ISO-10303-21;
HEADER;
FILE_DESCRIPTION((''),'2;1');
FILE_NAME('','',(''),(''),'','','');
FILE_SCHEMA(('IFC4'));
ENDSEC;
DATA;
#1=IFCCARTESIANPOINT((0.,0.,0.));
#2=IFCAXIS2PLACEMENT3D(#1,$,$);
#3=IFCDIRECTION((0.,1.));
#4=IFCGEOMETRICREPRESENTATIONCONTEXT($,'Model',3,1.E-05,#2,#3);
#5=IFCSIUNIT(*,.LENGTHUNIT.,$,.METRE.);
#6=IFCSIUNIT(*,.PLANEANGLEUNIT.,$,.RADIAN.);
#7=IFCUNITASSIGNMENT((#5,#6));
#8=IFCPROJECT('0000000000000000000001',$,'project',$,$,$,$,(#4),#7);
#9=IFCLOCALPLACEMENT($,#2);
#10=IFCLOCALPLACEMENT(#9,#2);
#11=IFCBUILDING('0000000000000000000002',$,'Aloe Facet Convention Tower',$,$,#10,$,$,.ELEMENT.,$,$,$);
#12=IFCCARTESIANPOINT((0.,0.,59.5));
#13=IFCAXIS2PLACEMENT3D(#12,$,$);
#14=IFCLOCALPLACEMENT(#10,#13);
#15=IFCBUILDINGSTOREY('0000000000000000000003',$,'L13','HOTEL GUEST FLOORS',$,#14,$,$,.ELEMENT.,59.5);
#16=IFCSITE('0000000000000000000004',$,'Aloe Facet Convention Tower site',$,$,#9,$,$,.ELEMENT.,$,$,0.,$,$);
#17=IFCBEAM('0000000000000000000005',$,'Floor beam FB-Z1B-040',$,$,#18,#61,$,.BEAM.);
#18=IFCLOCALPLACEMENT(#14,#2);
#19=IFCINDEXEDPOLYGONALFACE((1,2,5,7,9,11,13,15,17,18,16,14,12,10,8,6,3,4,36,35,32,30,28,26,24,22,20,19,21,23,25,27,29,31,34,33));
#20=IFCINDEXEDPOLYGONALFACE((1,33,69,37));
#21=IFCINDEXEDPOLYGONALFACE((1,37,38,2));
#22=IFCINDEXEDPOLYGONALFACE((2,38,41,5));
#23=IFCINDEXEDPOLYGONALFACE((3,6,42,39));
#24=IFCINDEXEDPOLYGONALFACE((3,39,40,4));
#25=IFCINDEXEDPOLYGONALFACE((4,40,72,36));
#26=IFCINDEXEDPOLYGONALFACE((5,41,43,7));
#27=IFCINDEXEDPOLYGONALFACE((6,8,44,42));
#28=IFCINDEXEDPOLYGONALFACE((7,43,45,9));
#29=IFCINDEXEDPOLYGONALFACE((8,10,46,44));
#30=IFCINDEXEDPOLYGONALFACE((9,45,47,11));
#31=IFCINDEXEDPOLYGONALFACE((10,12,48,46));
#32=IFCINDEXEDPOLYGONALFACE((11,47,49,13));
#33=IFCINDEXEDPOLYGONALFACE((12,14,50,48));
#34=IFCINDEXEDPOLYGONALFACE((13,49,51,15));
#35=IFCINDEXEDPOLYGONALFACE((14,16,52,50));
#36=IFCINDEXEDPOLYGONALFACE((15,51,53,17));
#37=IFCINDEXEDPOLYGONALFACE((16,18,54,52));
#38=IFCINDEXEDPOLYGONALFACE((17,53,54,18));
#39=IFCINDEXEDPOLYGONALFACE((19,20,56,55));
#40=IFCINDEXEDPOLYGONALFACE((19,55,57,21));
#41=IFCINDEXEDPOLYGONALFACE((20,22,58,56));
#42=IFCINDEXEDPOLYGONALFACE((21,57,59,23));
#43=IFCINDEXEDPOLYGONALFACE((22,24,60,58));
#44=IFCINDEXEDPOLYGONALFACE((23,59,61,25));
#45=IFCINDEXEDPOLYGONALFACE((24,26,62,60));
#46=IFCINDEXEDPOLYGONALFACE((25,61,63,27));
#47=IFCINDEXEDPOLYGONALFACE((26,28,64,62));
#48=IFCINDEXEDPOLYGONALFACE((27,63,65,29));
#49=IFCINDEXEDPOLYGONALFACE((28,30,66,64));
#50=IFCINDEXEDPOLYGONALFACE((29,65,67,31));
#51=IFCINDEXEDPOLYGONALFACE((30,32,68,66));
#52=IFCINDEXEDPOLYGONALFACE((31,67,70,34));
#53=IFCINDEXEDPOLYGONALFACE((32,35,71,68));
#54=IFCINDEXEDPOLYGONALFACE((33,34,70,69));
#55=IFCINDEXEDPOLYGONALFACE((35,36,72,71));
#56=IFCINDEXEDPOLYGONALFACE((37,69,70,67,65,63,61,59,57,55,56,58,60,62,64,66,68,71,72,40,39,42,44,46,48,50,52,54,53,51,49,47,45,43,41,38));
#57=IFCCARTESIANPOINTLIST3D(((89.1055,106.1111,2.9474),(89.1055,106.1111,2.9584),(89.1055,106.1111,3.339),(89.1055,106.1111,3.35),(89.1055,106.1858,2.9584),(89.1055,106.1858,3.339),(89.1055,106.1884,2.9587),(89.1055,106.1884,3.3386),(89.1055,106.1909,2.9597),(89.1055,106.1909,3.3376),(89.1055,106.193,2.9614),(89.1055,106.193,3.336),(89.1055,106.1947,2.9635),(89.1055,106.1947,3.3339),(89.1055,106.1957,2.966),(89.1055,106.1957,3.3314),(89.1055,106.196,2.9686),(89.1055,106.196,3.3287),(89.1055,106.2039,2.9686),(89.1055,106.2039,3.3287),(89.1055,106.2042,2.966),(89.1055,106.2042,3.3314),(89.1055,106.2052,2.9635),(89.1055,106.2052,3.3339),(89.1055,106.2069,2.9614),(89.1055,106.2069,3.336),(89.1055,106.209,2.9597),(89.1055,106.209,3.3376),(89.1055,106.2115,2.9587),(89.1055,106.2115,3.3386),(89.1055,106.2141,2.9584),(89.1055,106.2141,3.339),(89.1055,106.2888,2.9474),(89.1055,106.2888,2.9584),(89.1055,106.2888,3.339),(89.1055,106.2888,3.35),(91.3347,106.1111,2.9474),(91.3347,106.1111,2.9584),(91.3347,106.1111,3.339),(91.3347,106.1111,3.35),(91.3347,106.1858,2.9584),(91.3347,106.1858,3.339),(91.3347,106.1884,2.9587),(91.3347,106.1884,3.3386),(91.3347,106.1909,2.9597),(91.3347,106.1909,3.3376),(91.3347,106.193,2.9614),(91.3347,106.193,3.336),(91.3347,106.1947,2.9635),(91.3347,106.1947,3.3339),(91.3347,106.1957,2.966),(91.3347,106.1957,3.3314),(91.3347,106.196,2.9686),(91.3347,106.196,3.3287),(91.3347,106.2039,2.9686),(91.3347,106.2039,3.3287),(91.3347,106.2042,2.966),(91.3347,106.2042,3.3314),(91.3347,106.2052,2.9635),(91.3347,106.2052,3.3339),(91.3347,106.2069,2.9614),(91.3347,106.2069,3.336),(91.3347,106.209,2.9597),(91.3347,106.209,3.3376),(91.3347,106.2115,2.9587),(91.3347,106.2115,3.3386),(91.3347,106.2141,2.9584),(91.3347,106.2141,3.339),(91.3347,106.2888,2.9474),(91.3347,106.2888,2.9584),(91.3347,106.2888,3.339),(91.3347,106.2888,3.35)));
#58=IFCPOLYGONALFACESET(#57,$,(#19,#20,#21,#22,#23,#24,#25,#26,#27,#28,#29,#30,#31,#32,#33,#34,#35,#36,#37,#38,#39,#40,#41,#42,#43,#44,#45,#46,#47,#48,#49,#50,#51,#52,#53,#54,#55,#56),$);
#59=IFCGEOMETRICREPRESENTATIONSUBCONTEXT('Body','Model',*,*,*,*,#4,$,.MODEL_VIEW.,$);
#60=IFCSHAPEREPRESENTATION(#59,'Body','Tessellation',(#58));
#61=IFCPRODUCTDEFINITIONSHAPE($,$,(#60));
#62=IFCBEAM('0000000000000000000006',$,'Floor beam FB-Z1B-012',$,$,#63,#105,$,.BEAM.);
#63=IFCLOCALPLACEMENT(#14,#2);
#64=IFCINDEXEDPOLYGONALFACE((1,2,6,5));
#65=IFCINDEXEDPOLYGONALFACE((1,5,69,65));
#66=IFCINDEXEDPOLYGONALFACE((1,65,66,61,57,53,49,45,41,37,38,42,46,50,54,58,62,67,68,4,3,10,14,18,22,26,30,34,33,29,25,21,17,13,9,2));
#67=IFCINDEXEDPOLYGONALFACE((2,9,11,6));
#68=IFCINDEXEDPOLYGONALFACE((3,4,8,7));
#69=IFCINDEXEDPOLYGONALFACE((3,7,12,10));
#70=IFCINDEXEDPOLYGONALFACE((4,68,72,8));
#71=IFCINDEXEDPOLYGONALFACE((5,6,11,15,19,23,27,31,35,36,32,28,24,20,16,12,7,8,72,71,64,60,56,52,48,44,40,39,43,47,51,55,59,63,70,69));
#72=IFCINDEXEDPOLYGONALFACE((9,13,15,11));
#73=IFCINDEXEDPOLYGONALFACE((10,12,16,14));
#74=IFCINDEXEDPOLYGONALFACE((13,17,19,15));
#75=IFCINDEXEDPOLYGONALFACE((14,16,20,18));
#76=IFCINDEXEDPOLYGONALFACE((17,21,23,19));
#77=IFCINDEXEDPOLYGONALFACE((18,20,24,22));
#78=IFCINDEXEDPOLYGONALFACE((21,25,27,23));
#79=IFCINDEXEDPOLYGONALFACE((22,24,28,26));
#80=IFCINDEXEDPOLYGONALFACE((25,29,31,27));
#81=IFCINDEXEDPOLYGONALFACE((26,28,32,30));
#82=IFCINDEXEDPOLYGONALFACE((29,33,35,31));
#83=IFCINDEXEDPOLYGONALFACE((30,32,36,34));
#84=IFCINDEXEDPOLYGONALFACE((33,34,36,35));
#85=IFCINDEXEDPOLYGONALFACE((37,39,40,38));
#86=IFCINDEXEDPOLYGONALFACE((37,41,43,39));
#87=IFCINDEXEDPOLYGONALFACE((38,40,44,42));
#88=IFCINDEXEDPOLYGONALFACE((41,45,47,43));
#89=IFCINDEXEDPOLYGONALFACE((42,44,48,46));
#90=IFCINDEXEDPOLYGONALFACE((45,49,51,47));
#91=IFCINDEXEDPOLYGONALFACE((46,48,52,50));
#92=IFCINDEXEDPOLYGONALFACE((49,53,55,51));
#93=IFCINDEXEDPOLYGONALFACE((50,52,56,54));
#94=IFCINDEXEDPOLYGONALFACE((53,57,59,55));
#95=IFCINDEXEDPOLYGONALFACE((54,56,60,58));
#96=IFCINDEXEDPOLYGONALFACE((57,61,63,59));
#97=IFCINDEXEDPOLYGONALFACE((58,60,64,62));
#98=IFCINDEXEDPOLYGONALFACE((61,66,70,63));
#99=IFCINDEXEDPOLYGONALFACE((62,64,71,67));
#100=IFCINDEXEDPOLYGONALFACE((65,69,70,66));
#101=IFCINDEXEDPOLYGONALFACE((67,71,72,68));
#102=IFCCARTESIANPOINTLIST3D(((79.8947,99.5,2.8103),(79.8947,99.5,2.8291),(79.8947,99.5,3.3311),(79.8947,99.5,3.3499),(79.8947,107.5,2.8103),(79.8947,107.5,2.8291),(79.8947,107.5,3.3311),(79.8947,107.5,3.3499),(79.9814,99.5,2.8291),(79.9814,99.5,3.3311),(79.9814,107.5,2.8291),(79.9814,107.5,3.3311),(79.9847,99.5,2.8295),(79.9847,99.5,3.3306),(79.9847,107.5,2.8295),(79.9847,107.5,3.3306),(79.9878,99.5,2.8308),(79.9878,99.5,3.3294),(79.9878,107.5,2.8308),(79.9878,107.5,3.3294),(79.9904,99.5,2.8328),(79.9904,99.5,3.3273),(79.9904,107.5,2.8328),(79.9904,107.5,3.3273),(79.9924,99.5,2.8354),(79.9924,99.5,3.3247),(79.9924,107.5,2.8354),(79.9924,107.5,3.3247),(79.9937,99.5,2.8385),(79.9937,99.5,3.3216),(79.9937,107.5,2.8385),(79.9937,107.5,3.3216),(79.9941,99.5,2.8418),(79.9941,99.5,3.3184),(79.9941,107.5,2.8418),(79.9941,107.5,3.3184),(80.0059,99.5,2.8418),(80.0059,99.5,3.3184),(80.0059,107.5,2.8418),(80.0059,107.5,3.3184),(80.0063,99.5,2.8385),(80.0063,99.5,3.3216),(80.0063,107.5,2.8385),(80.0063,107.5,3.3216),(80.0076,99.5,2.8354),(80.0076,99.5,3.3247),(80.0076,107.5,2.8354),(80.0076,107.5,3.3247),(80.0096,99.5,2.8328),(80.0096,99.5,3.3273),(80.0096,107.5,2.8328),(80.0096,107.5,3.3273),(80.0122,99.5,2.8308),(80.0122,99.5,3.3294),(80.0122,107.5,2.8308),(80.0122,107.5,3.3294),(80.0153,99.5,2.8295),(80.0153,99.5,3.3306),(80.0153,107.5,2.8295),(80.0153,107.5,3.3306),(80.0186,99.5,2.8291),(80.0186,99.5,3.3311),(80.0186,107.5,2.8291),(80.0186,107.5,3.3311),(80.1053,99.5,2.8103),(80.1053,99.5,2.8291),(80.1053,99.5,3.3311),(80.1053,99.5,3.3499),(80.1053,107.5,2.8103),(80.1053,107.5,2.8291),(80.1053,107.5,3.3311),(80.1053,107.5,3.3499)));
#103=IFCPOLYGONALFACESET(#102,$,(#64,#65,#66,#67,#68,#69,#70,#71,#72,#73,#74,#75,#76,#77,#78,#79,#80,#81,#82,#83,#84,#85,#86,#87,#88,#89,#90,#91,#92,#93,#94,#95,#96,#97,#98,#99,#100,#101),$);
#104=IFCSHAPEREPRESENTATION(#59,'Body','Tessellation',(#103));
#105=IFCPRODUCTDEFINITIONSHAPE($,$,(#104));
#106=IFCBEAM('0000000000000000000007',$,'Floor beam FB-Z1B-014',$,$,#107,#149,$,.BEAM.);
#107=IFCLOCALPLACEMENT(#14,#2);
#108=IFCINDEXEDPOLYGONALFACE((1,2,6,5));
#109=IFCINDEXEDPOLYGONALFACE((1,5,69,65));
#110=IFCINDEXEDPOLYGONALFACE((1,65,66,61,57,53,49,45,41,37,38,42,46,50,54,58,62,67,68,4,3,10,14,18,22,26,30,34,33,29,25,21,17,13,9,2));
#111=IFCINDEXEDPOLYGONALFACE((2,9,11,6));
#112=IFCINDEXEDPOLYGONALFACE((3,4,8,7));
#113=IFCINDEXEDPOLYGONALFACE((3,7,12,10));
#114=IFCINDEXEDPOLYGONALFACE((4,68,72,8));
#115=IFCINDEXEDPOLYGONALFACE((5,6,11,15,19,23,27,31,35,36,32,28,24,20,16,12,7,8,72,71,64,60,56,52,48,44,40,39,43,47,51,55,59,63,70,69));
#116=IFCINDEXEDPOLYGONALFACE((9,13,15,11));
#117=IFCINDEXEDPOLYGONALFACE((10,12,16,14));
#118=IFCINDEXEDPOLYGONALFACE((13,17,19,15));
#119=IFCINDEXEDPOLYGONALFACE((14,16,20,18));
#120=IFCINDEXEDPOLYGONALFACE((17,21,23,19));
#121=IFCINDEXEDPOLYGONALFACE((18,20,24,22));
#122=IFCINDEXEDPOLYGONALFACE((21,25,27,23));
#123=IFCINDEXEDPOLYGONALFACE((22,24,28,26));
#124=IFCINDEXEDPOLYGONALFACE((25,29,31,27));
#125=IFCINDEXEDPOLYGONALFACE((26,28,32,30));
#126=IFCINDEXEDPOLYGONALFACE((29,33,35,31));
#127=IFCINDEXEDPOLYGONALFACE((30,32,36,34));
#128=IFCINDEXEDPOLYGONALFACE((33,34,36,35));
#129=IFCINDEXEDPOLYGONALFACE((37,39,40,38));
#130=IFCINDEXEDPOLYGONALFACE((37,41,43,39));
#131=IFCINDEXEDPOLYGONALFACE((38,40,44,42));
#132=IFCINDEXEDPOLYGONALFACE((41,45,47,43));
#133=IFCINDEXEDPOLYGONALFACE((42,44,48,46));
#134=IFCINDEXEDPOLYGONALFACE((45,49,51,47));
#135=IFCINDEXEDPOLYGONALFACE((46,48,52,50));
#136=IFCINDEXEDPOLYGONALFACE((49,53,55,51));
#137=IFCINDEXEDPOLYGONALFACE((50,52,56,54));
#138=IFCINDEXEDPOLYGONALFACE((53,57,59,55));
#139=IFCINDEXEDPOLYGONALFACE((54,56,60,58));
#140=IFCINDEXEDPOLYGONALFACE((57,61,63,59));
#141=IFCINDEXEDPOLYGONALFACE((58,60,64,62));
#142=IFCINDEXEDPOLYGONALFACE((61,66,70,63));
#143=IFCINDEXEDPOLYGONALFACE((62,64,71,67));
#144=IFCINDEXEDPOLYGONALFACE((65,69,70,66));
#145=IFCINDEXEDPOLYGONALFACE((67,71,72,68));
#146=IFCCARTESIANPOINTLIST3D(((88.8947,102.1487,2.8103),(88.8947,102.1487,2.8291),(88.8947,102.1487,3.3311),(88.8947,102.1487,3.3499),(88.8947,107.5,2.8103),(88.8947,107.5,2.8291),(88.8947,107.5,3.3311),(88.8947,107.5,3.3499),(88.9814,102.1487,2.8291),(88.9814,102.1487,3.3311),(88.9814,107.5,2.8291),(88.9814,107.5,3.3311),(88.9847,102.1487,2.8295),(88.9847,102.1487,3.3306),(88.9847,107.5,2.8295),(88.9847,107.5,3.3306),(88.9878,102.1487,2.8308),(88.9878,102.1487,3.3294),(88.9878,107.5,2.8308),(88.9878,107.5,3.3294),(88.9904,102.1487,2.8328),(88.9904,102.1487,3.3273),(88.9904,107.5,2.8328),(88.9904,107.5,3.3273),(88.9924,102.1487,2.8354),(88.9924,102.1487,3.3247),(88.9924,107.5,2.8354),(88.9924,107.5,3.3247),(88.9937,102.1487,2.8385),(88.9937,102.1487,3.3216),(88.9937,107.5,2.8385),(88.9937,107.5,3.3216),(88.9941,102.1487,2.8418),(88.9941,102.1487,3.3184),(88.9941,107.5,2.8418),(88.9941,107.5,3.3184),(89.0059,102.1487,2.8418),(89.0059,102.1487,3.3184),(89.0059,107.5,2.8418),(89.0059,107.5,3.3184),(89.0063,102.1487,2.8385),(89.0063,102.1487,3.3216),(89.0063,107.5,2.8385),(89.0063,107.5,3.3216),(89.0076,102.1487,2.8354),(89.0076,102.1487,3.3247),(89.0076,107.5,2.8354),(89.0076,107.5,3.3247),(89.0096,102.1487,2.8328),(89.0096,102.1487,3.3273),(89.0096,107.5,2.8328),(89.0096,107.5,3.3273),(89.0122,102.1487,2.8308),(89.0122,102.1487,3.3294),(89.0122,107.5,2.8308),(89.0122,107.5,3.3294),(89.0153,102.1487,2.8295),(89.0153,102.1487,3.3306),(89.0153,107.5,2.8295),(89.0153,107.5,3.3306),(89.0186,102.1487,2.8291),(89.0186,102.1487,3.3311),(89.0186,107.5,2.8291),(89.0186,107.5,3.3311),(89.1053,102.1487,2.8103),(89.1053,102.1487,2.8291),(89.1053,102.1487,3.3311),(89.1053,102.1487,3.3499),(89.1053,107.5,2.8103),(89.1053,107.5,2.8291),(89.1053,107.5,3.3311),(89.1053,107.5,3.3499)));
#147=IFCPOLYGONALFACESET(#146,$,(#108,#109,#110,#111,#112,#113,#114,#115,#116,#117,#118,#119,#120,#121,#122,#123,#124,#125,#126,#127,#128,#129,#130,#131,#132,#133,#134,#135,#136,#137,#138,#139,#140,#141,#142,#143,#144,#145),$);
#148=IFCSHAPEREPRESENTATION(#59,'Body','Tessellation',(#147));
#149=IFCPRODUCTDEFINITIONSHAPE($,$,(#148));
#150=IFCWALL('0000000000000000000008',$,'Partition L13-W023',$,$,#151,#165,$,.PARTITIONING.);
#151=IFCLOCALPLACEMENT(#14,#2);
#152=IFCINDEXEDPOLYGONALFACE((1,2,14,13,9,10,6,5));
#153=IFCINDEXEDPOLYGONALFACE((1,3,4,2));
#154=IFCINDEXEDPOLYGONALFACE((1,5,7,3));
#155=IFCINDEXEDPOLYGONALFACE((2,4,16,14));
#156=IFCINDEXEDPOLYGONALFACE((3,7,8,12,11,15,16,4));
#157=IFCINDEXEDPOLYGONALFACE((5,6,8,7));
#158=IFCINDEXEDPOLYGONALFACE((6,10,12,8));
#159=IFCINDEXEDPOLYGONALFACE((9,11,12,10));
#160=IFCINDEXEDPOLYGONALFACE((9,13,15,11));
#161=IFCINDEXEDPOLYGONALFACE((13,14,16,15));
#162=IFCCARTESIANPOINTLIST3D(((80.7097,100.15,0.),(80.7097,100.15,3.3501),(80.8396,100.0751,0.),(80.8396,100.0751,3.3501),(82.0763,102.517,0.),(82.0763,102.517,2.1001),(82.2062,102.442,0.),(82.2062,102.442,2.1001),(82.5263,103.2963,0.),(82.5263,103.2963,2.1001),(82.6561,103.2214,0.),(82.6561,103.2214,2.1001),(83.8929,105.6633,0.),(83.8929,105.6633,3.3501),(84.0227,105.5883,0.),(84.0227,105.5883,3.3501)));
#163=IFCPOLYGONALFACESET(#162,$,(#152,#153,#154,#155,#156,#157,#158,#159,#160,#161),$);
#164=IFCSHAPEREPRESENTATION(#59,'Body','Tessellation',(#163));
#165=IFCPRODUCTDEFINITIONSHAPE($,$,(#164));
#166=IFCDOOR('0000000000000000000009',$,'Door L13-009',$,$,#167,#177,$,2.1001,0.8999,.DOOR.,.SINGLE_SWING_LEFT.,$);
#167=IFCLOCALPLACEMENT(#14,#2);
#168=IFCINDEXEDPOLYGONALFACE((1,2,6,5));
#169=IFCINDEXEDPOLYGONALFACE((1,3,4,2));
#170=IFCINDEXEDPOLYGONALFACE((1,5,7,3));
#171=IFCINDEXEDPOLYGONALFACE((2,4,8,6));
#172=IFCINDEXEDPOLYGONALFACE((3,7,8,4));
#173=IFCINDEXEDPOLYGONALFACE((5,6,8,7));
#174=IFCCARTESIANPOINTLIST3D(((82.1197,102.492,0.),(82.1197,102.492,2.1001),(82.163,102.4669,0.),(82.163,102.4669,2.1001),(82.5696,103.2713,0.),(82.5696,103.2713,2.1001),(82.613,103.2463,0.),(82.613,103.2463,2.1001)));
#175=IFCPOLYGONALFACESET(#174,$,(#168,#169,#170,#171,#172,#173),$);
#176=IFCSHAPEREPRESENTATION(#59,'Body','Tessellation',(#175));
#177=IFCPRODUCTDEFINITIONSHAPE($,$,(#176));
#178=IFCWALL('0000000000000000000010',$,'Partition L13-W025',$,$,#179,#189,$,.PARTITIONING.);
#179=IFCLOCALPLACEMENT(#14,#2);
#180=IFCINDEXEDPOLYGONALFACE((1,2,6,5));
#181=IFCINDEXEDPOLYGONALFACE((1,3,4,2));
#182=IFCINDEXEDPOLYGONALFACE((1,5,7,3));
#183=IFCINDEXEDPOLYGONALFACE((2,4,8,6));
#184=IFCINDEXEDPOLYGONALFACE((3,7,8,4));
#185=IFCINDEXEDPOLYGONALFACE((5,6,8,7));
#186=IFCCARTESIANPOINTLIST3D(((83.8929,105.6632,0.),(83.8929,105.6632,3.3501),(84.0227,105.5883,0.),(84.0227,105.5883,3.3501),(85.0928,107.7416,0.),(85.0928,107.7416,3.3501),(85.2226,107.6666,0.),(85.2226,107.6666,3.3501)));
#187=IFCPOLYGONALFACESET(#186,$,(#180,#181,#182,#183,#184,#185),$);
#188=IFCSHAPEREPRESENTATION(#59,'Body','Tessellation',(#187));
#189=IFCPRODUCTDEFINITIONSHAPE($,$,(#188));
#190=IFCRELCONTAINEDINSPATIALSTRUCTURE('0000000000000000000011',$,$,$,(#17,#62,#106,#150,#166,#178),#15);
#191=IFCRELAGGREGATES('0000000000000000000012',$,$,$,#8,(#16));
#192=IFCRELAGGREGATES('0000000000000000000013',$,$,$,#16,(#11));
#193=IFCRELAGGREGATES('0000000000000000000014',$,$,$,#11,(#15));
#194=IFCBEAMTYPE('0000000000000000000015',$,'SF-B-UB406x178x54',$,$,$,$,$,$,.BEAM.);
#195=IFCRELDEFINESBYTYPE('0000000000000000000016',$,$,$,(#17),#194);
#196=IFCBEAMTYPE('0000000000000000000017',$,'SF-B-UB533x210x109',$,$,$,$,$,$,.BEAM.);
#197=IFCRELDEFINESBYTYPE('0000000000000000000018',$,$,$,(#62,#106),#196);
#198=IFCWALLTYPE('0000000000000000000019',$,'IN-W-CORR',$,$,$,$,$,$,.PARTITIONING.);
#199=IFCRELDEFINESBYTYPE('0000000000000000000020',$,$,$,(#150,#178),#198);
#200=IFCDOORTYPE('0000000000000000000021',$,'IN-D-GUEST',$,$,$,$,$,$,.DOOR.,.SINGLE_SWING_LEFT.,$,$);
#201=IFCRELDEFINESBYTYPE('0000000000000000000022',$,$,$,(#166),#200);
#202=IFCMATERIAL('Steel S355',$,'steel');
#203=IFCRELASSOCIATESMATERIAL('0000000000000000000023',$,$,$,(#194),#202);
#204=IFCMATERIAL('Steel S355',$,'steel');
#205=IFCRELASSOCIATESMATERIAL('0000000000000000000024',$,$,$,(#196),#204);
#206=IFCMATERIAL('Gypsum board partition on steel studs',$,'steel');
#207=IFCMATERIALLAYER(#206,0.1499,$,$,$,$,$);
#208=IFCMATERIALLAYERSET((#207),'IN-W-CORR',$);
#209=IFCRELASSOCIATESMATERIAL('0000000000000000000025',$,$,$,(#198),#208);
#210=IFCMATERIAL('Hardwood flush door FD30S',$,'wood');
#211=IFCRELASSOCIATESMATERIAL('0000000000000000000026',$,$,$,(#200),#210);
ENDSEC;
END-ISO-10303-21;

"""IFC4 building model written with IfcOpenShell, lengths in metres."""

from ifc_helpers import new_model, si_unit, direction, frame, frame_2d, origin, origin_2d, place, context, subcontext, project, spatial, rectangle, i_section, extrude, material, layer, layer_set, material_profile, profile_set, type_object, element, fill, save


model = new_model("IFC4")

# Units and contexts
model_context = context("Model", 3, precision=1e-05, world=origin(), true_north=direction((0.0, 1.0)))
body_context = subcontext(model_context, "Body", "Model", "MODEL_VIEW")
ifc_project = project(units=[si_unit("LENGTHUNIT", "METRE"), si_unit("PLANEANGLEUNIT", "RADIAN")], contexts=[model_context])

# Site, building, storey
site_placement = place(None, origin())
site = spatial("IfcSite", under=ifc_project, at=site_placement, Name="Aloe Facet Convention Tower site", CompositionType="ELEMENT", RefElevation=0.0)
building_placement = place(site_placement, origin())
building = spatial("IfcBuilding", under=site, at=building_placement, Name="Aloe Facet Convention Tower", CompositionType="ELEMENT")
storey_placement = place(building_placement, frame((0.0, 0.0, 59.5)))
storey = spatial("IfcBuildingStorey", under=building, at=storey_placement, Name="L13", Description="HOTEL GUEST FLOORS", CompositionType="ELEMENT", Elevation=59.5)

# Beams
ifc_material_1 = material(Name="Steel S355", Category="steel")
ifc_material_profile_1 = material_profile(ifc_material_1, i_section(OverallWidth=0.1777, OverallDepth=0.4026, WebThickness=0.0078, FlangeThickness=0.011, FilletRadius=0.0103, at=origin_2d()), Name="UB 406x178x54")
ifc_profile_set_1 = profile_set([ifc_material_profile_1], Name="Steel S355")
beam_type_1 = type_object("IfcBeamType", Name="SF-B-UB406x178x54", PredefinedType="BEAM", material=ifc_profile_set_1)
beam_1_placement = place(storey_placement, frame((89.1055, 106.2, 3.1487), z_axis=(1.0, 0.0, 0.0), x_axis=(0.0, 1.0, 0.0)))
element("IfcBeam", 1, at=beam_1_placement, inside=storey, type_object=beam_type_1, Name="Floor beam FB-Z1B-040", PredefinedType="BEAM", context=body_context, shape_type="SweptSolid", body=[
    extrude(i_section(OverallWidth=0.1777, OverallDepth=0.4026, WebThickness=0.0078, FlangeThickness=0.011, FilletRadius=0.0103, at=origin_2d()), origin(), (0.0, 0.0, 1.0), 2.2292),
])
ifc_material_2 = material(Name="Steel S355", Category="steel")
ifc_material_profile_2 = material_profile(ifc_material_2, i_section(OverallWidth=0.2107, OverallDepth=0.5396, WebThickness=0.0117, FlangeThickness=0.0188, FilletRadius=0.0127, at=origin_2d()), Name="UB 533x210x109")
ifc_profile_set_2 = profile_set([ifc_material_profile_2], Name="Steel S355")
beam_type_2 = type_object("IfcBeamType", Name="SF-B-UB533x210x109", PredefinedType="BEAM", material=ifc_profile_set_2)
beam_2_placement = place(storey_placement, frame((80.0, 107.5, 3.0801), z_axis=(0.0, -1.0, 0.0), x_axis=(1.0, 0.0, 0.0)))
element("IfcBeam", 2, at=beam_2_placement, inside=storey, type_object=beam_type_2, Name="Floor beam FB-Z1B-012", PredefinedType="BEAM", context=body_context, shape_type="SweptSolid", body=[
    extrude(i_section(OverallWidth=0.2107, OverallDepth=0.5396, WebThickness=0.0117, FlangeThickness=0.0188, FilletRadius=0.0127, at=origin_2d()), origin(), (0.0, 0.0, 1.0), 8.0),
])
beam_3_placement = place(storey_placement, frame((89.0, 107.5, 3.0801), z_axis=(0.0, -1.0, 0.0), x_axis=(1.0, 0.0, 0.0)))
element("IfcBeam", 3, at=beam_3_placement, inside=storey, type_object=beam_type_2, Name="Floor beam FB-Z1B-014", PredefinedType="BEAM", context=body_context, shape_type="SweptSolid", body=[
    extrude(i_section(OverallWidth=0.2107, OverallDepth=0.5396, WebThickness=0.0117, FlangeThickness=0.0188, FilletRadius=0.0127, at=origin_2d()), origin(), (0.0, 0.0, 1.0), 5.3513),
])

# Wall, opening, door
ifc_material_3 = material(Name="Gypsum board partition on steel studs", Category="steel")
ifc_layer_1 = layer(ifc_material_3, 0.1499)
ifc_layer_set_1 = layer_set([ifc_layer_1], Name="IN-W-CORR")
wall_type_1 = type_object("IfcWallType", Name="IN-W-CORR", PredefinedType="PARTITIONING", material=ifc_layer_set_1)
wall_1_placement = place(storey_placement, frame((80.7747, 100.1125, 0.0), z_axis=(0.0, 0.0, 1.0), x_axis=(0.500008, 0.866021, 0.0)))
wall_1 = element("IfcWall", 4, at=wall_1_placement, inside=storey, type_object=wall_type_1, Name="Partition L13-W023", PredefinedType="PARTITIONING", context=body_context, shape_type="SweptSolid", body=[
    extrude(rectangle(XDim=6.3662, YDim=0.1499, at=frame_2d((3.1831, 0.0))), origin(), (0.0, 0.0, 1.0), 3.3501),
])
opening_1_placement = place(wall_1_placement, frame((2.7332, 0.0, 0.0)))
opening_1 = element("IfcOpeningElement", 5, at=opening_1_placement, cuts=wall_1, PredefinedType="OPENING", context=body_context, shape_type="SweptSolid", body=[
    extrude(rectangle(XDim=0.8999, YDim=2.1001, at=frame_2d((0.45, 1.05))), frame((0.0, 0.085, 0.0), z_axis=(0.0, -1.0, 0.0), x_axis=(1.0, 0.0, 0.0)), (0.0, 0.0, 1.0), 0.1699),
])
ifc_material_4 = material(Name="Hardwood flush door FD30S", Category="wood")
door_type_1 = type_object("IfcDoorType", Name="IN-D-GUEST", OperationType="SINGLE_SWING_LEFT", PredefinedType="DOOR", material=ifc_material_4)
door_1_placement = place(opening_1_placement, origin())
door_1 = element("IfcDoor", 6, at=door_1_placement, inside=storey, type_object=door_type_1, Name="Door L13-009", OperationType="SINGLE_SWING_LEFT", OverallHeight=2.1001, OverallWidth=0.8999, PredefinedType="DOOR", context=body_context, shape_type="SweptSolid", body=[
    extrude(rectangle(XDim=0.8999, YDim=2.1001, at=frame_2d((0.45, 1.05))), frame((0.0, 0.0249, 0.0), z_axis=(0.0, -1.0, 0.0), x_axis=(1.0, 0.0, 0.0)), (0.0, 0.0, 1.0), 0.05),
])
fill(opening_1, door_1)

# Wall
wall_2_placement = place(storey_placement, frame((83.9578, 105.6257, 0.0), z_axis=(0.0, 0.0, 1.0), x_axis=(0.500001, 0.866025, 0.0)))
element("IfcWall", 7, at=wall_2_placement, inside=storey, type_object=wall_type_1, Name="Partition L13-W025", PredefinedType="PARTITIONING", context=body_context, shape_type="SweptSolid", body=[
    extrude(rectangle(XDim=2.3999, YDim=0.1499, at=frame_2d((1.2, 0.0))), origin(), (0.0, 0.0, 1.0), 3.3501),
])

save(model, "model.ifc")
